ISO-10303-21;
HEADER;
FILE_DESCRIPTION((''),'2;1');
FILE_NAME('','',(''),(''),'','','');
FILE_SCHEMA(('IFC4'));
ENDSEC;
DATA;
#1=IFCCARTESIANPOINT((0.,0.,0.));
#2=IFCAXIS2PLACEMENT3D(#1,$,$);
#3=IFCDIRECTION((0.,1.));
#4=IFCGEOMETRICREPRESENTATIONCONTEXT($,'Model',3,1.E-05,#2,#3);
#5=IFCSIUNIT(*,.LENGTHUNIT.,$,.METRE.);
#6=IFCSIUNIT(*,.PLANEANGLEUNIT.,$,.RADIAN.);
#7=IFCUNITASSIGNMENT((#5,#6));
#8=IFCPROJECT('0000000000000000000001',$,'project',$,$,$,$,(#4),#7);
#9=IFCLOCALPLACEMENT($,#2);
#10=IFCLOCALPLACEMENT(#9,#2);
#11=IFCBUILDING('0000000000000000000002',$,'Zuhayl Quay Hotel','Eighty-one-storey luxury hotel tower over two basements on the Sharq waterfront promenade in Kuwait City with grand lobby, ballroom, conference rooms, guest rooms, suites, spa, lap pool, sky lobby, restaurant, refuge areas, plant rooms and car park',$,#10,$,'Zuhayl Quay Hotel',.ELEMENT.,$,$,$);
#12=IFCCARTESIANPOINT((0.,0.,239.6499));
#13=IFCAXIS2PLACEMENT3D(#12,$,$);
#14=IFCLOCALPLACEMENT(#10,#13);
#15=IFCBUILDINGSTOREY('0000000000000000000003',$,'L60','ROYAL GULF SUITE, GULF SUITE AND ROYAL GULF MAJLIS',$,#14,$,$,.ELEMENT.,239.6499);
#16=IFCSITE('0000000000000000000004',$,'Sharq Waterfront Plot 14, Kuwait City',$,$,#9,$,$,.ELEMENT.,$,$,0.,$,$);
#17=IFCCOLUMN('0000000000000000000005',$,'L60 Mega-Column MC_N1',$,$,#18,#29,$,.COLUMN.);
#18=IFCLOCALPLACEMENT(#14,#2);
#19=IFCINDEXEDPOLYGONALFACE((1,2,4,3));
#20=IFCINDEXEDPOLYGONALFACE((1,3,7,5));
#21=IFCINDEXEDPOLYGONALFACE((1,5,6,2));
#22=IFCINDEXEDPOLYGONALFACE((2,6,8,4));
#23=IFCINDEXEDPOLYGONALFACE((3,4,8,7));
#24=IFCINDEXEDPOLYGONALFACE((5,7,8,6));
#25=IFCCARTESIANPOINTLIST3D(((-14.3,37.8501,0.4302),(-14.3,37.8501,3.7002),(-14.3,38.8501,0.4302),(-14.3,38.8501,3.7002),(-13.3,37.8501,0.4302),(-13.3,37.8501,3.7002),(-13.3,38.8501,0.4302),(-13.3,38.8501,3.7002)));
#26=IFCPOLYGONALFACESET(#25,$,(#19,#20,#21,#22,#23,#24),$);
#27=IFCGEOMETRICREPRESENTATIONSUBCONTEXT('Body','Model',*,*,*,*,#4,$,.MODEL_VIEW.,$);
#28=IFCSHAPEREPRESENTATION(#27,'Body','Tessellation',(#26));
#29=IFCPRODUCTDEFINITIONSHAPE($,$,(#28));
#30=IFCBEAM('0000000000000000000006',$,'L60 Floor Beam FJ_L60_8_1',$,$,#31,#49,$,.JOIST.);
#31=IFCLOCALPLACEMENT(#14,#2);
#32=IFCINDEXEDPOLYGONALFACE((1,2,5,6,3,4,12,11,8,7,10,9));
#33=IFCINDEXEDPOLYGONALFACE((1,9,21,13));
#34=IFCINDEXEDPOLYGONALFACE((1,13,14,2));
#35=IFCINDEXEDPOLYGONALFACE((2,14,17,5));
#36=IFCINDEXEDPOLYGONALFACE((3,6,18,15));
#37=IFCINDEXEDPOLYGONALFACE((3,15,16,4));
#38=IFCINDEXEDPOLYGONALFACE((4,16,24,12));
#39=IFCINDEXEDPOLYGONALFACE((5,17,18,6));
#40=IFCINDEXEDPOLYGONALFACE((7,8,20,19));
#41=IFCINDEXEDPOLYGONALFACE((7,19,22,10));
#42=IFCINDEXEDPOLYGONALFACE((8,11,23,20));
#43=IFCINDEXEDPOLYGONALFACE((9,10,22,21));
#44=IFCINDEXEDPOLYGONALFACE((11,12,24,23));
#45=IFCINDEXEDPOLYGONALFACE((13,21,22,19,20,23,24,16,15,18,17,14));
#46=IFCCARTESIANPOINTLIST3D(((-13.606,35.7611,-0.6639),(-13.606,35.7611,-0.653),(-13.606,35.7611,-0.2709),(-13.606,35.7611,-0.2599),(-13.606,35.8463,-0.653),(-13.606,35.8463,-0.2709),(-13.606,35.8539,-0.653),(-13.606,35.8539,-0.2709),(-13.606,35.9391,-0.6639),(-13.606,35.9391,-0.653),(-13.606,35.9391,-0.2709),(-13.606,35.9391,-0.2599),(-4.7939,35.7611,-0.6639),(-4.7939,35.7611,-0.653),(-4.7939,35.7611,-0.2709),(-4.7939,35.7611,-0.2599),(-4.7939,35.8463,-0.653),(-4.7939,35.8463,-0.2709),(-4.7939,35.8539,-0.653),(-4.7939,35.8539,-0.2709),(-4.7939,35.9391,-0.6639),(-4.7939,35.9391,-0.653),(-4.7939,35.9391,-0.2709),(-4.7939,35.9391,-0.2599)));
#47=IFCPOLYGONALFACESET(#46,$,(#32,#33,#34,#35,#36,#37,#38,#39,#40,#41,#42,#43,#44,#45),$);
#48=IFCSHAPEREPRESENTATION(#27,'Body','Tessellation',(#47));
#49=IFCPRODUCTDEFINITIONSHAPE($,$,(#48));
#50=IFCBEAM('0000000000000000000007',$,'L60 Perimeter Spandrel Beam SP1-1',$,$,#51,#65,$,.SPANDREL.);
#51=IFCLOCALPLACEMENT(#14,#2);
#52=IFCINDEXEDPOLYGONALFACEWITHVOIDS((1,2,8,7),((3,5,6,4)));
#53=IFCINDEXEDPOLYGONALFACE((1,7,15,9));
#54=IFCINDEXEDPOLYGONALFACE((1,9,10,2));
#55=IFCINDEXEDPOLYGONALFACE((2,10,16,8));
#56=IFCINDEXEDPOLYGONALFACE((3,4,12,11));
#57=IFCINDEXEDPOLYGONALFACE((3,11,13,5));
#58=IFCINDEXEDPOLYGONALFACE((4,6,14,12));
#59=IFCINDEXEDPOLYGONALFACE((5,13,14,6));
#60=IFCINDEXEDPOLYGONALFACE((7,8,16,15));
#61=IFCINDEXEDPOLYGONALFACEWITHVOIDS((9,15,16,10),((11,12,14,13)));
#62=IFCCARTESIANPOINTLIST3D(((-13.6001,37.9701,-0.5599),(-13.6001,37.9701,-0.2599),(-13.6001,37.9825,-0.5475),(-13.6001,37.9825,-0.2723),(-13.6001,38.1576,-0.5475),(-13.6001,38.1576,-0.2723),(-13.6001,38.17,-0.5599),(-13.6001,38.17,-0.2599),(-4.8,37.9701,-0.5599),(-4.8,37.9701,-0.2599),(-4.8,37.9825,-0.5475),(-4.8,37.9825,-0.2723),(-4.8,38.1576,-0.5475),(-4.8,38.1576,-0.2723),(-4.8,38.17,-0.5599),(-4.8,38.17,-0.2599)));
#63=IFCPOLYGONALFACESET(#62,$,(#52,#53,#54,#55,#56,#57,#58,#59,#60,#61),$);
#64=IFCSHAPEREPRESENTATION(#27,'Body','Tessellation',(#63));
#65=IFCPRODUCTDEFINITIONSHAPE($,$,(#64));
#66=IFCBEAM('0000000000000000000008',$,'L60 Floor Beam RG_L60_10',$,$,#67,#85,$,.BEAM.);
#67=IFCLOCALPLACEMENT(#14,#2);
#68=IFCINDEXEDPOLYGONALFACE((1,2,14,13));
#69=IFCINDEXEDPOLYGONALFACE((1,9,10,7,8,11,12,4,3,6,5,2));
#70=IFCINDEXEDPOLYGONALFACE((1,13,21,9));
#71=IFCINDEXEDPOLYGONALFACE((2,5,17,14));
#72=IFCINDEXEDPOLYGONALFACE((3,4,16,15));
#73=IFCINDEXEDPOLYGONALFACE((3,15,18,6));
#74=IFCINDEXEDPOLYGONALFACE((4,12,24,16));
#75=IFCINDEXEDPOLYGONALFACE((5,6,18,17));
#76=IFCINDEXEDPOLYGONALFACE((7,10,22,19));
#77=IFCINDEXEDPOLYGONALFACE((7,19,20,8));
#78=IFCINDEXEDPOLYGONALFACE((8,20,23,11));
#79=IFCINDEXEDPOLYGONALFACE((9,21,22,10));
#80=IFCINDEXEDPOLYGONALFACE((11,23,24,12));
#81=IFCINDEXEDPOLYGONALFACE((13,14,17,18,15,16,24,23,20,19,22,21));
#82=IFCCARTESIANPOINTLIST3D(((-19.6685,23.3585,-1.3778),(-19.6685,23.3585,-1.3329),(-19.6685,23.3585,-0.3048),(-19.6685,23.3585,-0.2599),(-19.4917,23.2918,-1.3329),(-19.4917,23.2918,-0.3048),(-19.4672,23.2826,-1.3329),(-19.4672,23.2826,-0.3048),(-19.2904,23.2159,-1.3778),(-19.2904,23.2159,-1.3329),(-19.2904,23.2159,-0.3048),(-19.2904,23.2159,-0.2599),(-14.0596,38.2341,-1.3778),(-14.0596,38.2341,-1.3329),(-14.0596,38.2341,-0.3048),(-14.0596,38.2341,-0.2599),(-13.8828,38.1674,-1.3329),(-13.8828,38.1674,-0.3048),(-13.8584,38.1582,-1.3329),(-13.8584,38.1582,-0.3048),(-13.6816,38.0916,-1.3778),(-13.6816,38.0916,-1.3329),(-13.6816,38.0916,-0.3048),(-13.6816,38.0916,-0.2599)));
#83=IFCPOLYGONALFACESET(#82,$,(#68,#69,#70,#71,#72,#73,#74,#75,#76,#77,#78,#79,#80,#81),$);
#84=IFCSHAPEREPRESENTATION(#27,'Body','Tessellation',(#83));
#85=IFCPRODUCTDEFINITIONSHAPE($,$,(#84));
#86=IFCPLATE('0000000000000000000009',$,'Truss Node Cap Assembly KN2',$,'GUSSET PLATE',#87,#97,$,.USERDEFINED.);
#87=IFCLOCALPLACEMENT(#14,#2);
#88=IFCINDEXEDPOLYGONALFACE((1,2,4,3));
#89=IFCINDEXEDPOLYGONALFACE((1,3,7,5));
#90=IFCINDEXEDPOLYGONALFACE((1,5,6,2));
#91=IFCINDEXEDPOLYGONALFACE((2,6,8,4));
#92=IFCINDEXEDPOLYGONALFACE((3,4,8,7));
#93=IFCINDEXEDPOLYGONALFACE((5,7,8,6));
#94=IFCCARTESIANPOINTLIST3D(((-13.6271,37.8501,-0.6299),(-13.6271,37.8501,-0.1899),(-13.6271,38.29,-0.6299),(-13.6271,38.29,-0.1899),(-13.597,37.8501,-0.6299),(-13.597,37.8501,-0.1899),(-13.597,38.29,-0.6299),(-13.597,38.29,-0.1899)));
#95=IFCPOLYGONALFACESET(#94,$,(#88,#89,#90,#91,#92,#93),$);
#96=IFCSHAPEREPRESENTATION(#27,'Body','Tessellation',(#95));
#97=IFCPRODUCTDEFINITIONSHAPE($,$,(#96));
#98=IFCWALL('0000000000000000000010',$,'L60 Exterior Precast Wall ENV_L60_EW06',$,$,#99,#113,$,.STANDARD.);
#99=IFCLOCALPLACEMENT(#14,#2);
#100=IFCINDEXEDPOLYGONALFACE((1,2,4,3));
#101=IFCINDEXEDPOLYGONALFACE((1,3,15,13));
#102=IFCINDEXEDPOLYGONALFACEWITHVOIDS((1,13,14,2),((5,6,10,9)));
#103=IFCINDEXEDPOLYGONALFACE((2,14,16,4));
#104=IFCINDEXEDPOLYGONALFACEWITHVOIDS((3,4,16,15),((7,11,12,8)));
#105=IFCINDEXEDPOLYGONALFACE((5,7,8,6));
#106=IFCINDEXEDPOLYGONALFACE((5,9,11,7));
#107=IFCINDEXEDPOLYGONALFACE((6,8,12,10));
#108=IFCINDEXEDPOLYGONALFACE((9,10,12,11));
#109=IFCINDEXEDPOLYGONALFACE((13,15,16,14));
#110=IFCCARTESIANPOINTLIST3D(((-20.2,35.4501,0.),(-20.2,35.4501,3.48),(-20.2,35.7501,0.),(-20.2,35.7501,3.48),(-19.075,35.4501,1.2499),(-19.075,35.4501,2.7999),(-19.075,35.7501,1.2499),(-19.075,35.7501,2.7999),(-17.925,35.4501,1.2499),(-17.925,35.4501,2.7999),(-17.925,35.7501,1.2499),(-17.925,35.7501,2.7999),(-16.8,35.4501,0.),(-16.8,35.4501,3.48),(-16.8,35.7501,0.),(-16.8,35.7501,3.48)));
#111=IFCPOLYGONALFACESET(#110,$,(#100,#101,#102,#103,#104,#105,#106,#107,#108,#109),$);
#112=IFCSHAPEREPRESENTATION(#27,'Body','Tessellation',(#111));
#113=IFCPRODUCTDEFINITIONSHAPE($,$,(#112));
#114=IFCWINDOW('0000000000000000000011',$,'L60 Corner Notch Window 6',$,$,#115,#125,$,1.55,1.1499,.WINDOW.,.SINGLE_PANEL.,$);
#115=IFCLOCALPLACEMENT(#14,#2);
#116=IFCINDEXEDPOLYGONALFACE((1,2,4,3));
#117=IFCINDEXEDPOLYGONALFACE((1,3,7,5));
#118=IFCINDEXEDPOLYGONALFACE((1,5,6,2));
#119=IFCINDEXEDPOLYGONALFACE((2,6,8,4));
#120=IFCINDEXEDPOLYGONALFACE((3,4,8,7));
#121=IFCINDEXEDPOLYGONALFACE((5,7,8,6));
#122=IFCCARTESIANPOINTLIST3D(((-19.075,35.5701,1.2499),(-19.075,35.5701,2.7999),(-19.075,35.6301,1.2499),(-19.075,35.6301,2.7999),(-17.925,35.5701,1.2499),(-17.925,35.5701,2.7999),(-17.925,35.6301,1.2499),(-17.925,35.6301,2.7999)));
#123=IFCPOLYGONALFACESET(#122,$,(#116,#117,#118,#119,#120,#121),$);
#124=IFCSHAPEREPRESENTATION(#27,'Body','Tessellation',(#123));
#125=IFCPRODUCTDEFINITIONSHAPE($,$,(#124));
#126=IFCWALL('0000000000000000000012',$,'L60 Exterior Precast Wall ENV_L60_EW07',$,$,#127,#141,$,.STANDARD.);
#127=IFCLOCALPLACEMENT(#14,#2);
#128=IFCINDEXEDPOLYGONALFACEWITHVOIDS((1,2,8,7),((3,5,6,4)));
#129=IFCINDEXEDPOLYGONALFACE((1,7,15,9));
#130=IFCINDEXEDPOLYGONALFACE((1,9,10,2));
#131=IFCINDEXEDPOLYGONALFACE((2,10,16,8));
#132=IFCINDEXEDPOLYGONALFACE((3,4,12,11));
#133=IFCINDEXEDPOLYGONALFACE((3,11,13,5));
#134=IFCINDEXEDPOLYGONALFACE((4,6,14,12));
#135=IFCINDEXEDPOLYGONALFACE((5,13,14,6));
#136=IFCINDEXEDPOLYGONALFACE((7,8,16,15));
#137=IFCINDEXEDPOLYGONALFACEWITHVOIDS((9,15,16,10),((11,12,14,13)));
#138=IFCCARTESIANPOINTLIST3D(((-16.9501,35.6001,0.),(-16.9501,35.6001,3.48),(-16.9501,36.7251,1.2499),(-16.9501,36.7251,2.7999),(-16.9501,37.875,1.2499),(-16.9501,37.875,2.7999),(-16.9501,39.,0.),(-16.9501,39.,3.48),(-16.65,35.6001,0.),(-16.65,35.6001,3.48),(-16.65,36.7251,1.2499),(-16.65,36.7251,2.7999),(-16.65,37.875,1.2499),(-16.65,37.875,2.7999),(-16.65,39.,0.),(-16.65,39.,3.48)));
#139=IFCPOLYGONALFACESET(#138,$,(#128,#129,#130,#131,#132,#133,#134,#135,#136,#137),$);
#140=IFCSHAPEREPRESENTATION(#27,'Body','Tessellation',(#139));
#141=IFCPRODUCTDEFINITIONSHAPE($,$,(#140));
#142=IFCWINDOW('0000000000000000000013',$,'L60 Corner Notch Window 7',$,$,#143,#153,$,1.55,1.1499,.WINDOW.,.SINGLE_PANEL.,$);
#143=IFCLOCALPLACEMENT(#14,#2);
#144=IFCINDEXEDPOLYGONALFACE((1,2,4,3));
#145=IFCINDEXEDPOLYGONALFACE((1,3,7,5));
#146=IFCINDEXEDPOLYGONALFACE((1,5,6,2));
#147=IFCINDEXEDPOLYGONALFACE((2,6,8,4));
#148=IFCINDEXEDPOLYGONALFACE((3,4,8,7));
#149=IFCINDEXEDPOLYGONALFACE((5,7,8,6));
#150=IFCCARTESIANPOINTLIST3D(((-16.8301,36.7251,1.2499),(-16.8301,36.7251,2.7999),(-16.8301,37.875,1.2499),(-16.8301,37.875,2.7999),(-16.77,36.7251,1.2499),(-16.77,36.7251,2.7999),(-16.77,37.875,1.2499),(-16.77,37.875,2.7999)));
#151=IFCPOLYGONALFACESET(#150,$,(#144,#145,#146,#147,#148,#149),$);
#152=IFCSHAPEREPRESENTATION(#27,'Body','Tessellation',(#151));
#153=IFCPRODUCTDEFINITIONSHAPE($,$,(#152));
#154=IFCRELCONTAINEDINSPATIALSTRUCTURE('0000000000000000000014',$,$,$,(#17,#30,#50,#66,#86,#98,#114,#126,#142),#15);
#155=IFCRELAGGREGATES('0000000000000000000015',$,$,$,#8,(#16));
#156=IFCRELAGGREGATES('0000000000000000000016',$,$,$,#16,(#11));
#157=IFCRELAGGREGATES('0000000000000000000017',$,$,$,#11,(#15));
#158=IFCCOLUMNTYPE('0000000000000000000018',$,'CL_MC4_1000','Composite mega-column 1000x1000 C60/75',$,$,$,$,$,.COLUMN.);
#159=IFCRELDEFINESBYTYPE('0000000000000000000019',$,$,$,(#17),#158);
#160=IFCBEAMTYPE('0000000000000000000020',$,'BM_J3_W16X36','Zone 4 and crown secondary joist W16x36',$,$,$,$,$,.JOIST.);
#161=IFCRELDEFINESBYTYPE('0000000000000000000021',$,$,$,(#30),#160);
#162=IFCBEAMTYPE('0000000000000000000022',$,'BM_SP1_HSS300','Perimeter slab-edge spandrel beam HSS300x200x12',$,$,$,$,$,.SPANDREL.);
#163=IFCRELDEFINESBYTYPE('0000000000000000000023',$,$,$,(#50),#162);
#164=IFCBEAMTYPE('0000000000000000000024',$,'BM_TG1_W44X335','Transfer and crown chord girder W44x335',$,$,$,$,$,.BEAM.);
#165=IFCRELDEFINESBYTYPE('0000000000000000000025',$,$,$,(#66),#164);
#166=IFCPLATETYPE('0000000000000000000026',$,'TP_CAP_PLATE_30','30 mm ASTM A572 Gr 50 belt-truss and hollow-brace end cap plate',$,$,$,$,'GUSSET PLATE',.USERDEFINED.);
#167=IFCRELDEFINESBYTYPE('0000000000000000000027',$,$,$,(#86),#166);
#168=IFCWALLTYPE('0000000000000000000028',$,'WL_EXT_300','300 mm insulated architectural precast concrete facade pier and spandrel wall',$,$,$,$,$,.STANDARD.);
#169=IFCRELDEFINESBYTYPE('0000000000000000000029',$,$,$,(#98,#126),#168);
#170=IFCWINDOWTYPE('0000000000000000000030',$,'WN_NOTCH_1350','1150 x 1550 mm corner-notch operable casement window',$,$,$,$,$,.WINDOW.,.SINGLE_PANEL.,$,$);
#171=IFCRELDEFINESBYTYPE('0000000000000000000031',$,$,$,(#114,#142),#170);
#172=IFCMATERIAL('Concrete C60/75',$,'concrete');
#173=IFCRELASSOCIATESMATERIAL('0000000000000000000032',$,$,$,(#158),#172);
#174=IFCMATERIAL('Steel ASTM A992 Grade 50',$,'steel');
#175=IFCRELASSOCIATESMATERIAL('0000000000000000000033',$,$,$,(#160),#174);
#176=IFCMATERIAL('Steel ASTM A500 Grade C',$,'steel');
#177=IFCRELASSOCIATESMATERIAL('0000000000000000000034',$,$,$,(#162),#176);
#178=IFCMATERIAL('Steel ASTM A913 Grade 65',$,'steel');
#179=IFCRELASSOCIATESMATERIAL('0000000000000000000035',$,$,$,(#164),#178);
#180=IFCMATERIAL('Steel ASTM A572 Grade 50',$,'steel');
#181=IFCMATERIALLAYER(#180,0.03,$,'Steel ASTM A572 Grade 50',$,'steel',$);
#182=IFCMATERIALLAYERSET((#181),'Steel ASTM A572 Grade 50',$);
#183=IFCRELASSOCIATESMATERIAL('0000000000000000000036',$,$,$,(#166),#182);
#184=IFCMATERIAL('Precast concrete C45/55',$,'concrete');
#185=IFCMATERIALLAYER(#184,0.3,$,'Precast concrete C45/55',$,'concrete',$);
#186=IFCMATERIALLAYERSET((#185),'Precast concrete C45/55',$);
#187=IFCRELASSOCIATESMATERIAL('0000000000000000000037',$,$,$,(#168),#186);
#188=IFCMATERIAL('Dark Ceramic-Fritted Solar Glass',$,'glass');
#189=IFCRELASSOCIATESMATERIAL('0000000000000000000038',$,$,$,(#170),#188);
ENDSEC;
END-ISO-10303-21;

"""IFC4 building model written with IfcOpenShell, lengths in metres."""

from ifc_helpers import new_model, si_unit, direction, frame, frame_2d, origin, origin_2d, place, context, subcontext, project, spatial, rectangle, hollow_rectangle, i_section, extrude, material, layer, layer_set, material_profile, profile_set, type_object, element, fill, save


model = new_model("IFC4")

# Units and contexts
model_context = context("Model", 3, precision=1e-05, world=origin(), true_north=direction((0.0, 1.0)))
body_context = subcontext(model_context, "Body", "Model", "MODEL_VIEW")
ifc_project = project(units=[si_unit("LENGTHUNIT", "METRE"), si_unit("PLANEANGLEUNIT", "RADIAN")], contexts=[model_context])

# Site, building, storey
site_placement = place(None, origin())
site = spatial("IfcSite", under=ifc_project, at=site_placement, Name="Sharq Waterfront Plot 14, Kuwait City", CompositionType="ELEMENT", RefElevation=0.0)
building_placement = place(site_placement, origin())
building = spatial("IfcBuilding", under=site, at=building_placement, Name="Zuhayl Quay Hotel", Description="Eighty-one-storey luxury hotel tower over two basements on the Sharq waterfront promenade in Kuwait City with grand lobby, ballroom, conference rooms, guest rooms, suites, spa, lap pool, sky lobby, restaurant, refuge areas, plant rooms and car park", LongName="Zuhayl Quay Hotel", CompositionType="ELEMENT")
storey_placement = place(building_placement, frame((0.0, 0.0, 239.6499)))
storey = spatial("IfcBuildingStorey", under=building, at=storey_placement, Name="L60", Description="ROYAL GULF SUITE, GULF SUITE AND ROYAL GULF MAJLIS", CompositionType="ELEMENT", Elevation=239.6499)

# Column
ifc_material_1 = material(Name="Concrete C60/75", Category="concrete")
ifc_material_profile_1 = material_profile(ifc_material_1, rectangle(XDim=1.0, YDim=1.0, at=origin_2d()), Name="RC1000X1000")
ifc_profile_set_1 = profile_set([ifc_material_profile_1], Name="Concrete C60/75")
column_type = type_object("IfcColumnType", Name="CL_MC4_1000", Description="Composite mega-column 1000x1000 C60/75", PredefinedType="COLUMN", material=ifc_profile_set_1)
column_placement = place(storey_placement, frame((-13.8, 38.3501, 0.4302), z_axis=(0.0, 0.0, 1.0), x_axis=(1.0, 0.0, 0.0)))
element("IfcColumn", 1, at=column_placement, inside=storey, type_object=column_type, Name="L60 Mega-Column MC_N1", PredefinedType="COLUMN", context=body_context, shape_type="SweptSolid", body=[
    extrude(rectangle(XDim=1.0, YDim=1.0, at=origin_2d()), origin(), (0.0, 0.0, 1.0), 3.27),
])

# Beams
ifc_material_2 = material(Name="Steel ASTM A992 Grade 50", Category="steel")
ifc_material_profile_2 = material_profile(ifc_material_2, i_section(OverallWidth=0.178, OverallDepth=0.4041, WebThickness=0.0076, FlangeThickness=0.011, at=origin_2d()), Name="W16X36")
ifc_profile_set_2 = profile_set([ifc_material_profile_2], Name="Steel ASTM A992 Grade 50")
beam_type_1 = type_object("IfcBeamType", Name="BM_J3_W16X36", Description="Zone 4 and crown secondary joist W16x36", PredefinedType="JOIST", material=ifc_profile_set_2)
beam_1_placement = place(storey_placement, frame((-13.606, 35.8501, -0.4619), z_axis=(1.0, 0.0, 0.0), x_axis=(0.0, 1.0, 0.0)))
element("IfcBeam", 2, at=beam_1_placement, inside=storey, type_object=beam_type_1, Name="L60 Floor Beam FJ_L60_8_1", PredefinedType="JOIST", context=body_context, shape_type="SweptSolid", body=[
    extrude(i_section(OverallWidth=0.178, OverallDepth=0.4041, WebThickness=0.0076, FlangeThickness=0.011, at=origin_2d()), origin(), (0.0, 0.0, 1.0), 8.812),
])
ifc_material_3 = material(Name="Steel ASTM A500 Grade C", Category="steel")
ifc_material_profile_3 = material_profile(ifc_material_3, hollow_rectangle(XDim=0.2, YDim=0.3, WallThickness=0.0125, at=origin_2d()), Name="HSS300X200X12")
ifc_profile_set_3 = profile_set([ifc_material_profile_3], Name="Steel ASTM A500 Grade C")
beam_type_2 = type_object("IfcBeamType", Name="BM_SP1_HSS300", Description="Perimeter slab-edge spandrel beam HSS300x200x12", PredefinedType="SPANDREL", material=ifc_profile_set_3)
beam_2_placement = place(storey_placement, frame((-13.6001, 38.0701, -0.4099), z_axis=(1.0, 0.0, 0.0), x_axis=(0.0, 1.0, 0.0)))
element("IfcBeam", 3, at=beam_2_placement, inside=storey, type_object=beam_type_2, Name="L60 Perimeter Spandrel Beam SP1-1", PredefinedType="SPANDREL", context=body_context, shape_type="SweptSolid", body=[
    extrude(hollow_rectangle(XDim=0.2, YDim=0.3, WallThickness=0.0125, at=origin_2d()), origin(), (0.0, 0.0, 1.0), 8.8),
])
ifc_material_4 = material(Name="Steel ASTM A913 Grade 65", Category="steel")
ifc_material_profile_4 = material_profile(ifc_material_4, i_section(OverallWidth=0.4041, OverallDepth=1.1179, WebThickness=0.0261, FlangeThickness=0.0449, at=origin_2d()), Name="W44X335")
ifc_profile_set_4 = profile_set([ifc_material_profile_4], Name="Steel ASTM A913 Grade 65")
beam_type_3 = type_object("IfcBeamType", Name="BM_TG1_W44X335", Description="Transfer and crown chord girder W44x335", PredefinedType="BEAM", material=ifc_profile_set_4)
beam_3_placement = place(storey_placement, frame((-13.8706, 38.1628, -0.8188), z_axis=(-0.352804, -0.935697, 0.0), x_axis=(0.935697, -0.352804, 0.0)))
element("IfcBeam", 4, at=beam_3_placement, inside=storey, type_object=beam_type_3, Name="L60 Floor Beam RG_L60_10", PredefinedType="BEAM", context=body_context, shape_type="SweptSolid", body=[
    extrude(i_section(OverallWidth=0.4041, OverallDepth=1.1179, WebThickness=0.0261, FlangeThickness=0.0449, at=origin_2d()), origin(), (0.0, 0.0, 1.0), 15.8979),
])

# Plate
ifc_material_5 = material(Name="Steel ASTM A572 Grade 50", Category="steel")
ifc_layer_1 = layer(ifc_material_5, 0.03, Name="Steel ASTM A572 Grade 50", Category="steel")
ifc_layer_set_1 = layer_set([ifc_layer_1], Name="Steel ASTM A572 Grade 50")
plate_type = type_object("IfcPlateType", Name="TP_CAP_PLATE_30", Description="30 mm ASTM A572 Gr 50 belt-truss and hollow-brace end cap plate", ElementType="GUSSET PLATE", PredefinedType="USERDEFINED", material=ifc_layer_set_1)
plate_placement = place(storey_placement, frame((-13.6121, 38.0701, -0.6299), z_axis=(0.0, 0.0, 1.0), x_axis=(-1.0, 0.0, 0.0)))
element("IfcPlate", 5, at=plate_placement, inside=storey, type_object=plate_type, Name="Truss Node Cap Assembly KN2", ObjectType="GUSSET PLATE", PredefinedType="USERDEFINED", context=body_context, shape_type="SweptSolid", body=[
    extrude(rectangle(XDim=0.03, YDim=0.4399, at=origin_2d()), origin(), (0.0, 0.0, 1.0), 0.4399),
])

# Walls, openings, windows
ifc_material_6 = material(Name="Precast concrete C45/55", Category="concrete")
ifc_layer_2 = layer(ifc_material_6, 0.3, Name="Precast concrete C45/55", Category="concrete")
ifc_layer_set_2 = layer_set([ifc_layer_2], Name="Precast concrete C45/55")
wall_type_1 = type_object("IfcWallType", Name="WL_EXT_300", Description="300 mm insulated architectural precast concrete facade pier and spandrel wall", PredefinedType="STANDARD", material=ifc_layer_set_2)
wall_1_placement = place(storey_placement, frame((-20.2, 35.6001, 0.0), z_axis=(0.0, 0.0, 1.0), x_axis=(1.0, 0.0, 0.0)))
wall_1 = element("IfcWall", 6, at=wall_1_placement, inside=storey, type_object=wall_type_1, Name="L60 Exterior Precast Wall ENV_L60_EW06", PredefinedType="STANDARD", context=body_context, shape_type="SweptSolid", body=[
    extrude(rectangle(XDim=3.3999, YDim=0.3, at=frame_2d((1.7, 0.0))), origin(), (0.0, 0.0, 1.0), 3.48),
])
opening_1_placement = place(wall_1_placement, frame((1.125, 0.0, 1.25)))
opening_1 = element("IfcOpeningElement", 7, at=opening_1_placement, cuts=wall_1, PredefinedType="OPENING", context=body_context, shape_type="SweptSolid", body=[
    extrude(rectangle(XDim=1.1499, YDim=1.55, at=frame_2d((0.575, 0.7749))), frame((0.0, 0.1599, 0.0), z_axis=(0.0, -1.0, 0.0), x_axis=(1.0, 0.0, 0.0)), (0.0, 0.0, 1.0), 0.3201),
])
ifc_material_7 = material(Name="Dark Ceramic-Fritted Solar Glass", Category="glass")
window_type_1 = type_object("IfcWindowType", Name="WN_NOTCH_1350", Description="1150 x 1550 mm corner-notch operable casement window", PartitioningType="SINGLE_PANEL", PredefinedType="WINDOW", material=ifc_material_7)
window_1_placement = place(opening_1_placement, origin())
window_1 = element("IfcWindow", 8, at=window_1_placement, inside=storey, type_object=window_type_1, Name="L60 Corner Notch Window 6", OverallHeight=1.55, OverallWidth=1.1499, PartitioningType="SINGLE_PANEL", PredefinedType="WINDOW", context=body_context, shape_type="SweptSolid", body=[
    extrude(rectangle(XDim=1.1499, YDim=1.55, at=frame_2d((0.575, 0.7749))), frame((0.0, 0.03, 0.0), z_axis=(0.0, -1.0, 0.0), x_axis=(1.0, 0.0, 0.0)), (0.0, 0.0, 1.0), 0.0601),
])
fill(opening_1, window_1)
wall_2_placement = place(storey_placement, frame((-16.8, 35.6001, 0.0), z_axis=(0.0, 0.0, 1.0), x_axis=(0.0, 1.0, 0.0)))
wall_2 = element("IfcWall", 9, at=wall_2_placement, inside=storey, type_object=wall_type_1, Name="L60 Exterior Precast Wall ENV_L60_EW07", PredefinedType="STANDARD", context=body_context, shape_type="SweptSolid", body=[
    extrude(rectangle(XDim=3.3999, YDim=0.3, at=frame_2d((1.7, 0.0))), origin(), (0.0, 0.0, 1.0), 3.48),
])
opening_2_placement = place(wall_2_placement, frame((1.125, 0.0, 1.25)))
opening_2 = element("IfcOpeningElement", 10, at=opening_2_placement, cuts=wall_2, PredefinedType="OPENING", context=body_context, shape_type="SweptSolid", body=[
    extrude(rectangle(XDim=1.1499, YDim=1.55, at=frame_2d((0.575, 0.7749))), frame((0.0, 0.1599, 0.0), z_axis=(0.0, -1.0, 0.0), x_axis=(1.0, 0.0, 0.0)), (0.0, 0.0, 1.0), 0.3201),
])
window_2_placement = place(opening_2_placement, origin())
window_2 = element("IfcWindow", 11, at=window_2_placement, inside=storey, type_object=window_type_1, Name="L60 Corner Notch Window 7", OverallHeight=1.55, OverallWidth=1.1499, PartitioningType="SINGLE_PANEL", PredefinedType="WINDOW", context=body_context, shape_type="SweptSolid", body=[
    extrude(rectangle(XDim=1.1499, YDim=1.55, at=frame_2d((0.575, 0.7749))), frame((0.0, 0.03, 0.0), z_axis=(0.0, -1.0, 0.0), x_axis=(1.0, 0.0, 0.0)), (0.0, 0.0, 1.0), 0.0601),
])
fill(opening_2, window_2)

save(model, "model.ifc")
